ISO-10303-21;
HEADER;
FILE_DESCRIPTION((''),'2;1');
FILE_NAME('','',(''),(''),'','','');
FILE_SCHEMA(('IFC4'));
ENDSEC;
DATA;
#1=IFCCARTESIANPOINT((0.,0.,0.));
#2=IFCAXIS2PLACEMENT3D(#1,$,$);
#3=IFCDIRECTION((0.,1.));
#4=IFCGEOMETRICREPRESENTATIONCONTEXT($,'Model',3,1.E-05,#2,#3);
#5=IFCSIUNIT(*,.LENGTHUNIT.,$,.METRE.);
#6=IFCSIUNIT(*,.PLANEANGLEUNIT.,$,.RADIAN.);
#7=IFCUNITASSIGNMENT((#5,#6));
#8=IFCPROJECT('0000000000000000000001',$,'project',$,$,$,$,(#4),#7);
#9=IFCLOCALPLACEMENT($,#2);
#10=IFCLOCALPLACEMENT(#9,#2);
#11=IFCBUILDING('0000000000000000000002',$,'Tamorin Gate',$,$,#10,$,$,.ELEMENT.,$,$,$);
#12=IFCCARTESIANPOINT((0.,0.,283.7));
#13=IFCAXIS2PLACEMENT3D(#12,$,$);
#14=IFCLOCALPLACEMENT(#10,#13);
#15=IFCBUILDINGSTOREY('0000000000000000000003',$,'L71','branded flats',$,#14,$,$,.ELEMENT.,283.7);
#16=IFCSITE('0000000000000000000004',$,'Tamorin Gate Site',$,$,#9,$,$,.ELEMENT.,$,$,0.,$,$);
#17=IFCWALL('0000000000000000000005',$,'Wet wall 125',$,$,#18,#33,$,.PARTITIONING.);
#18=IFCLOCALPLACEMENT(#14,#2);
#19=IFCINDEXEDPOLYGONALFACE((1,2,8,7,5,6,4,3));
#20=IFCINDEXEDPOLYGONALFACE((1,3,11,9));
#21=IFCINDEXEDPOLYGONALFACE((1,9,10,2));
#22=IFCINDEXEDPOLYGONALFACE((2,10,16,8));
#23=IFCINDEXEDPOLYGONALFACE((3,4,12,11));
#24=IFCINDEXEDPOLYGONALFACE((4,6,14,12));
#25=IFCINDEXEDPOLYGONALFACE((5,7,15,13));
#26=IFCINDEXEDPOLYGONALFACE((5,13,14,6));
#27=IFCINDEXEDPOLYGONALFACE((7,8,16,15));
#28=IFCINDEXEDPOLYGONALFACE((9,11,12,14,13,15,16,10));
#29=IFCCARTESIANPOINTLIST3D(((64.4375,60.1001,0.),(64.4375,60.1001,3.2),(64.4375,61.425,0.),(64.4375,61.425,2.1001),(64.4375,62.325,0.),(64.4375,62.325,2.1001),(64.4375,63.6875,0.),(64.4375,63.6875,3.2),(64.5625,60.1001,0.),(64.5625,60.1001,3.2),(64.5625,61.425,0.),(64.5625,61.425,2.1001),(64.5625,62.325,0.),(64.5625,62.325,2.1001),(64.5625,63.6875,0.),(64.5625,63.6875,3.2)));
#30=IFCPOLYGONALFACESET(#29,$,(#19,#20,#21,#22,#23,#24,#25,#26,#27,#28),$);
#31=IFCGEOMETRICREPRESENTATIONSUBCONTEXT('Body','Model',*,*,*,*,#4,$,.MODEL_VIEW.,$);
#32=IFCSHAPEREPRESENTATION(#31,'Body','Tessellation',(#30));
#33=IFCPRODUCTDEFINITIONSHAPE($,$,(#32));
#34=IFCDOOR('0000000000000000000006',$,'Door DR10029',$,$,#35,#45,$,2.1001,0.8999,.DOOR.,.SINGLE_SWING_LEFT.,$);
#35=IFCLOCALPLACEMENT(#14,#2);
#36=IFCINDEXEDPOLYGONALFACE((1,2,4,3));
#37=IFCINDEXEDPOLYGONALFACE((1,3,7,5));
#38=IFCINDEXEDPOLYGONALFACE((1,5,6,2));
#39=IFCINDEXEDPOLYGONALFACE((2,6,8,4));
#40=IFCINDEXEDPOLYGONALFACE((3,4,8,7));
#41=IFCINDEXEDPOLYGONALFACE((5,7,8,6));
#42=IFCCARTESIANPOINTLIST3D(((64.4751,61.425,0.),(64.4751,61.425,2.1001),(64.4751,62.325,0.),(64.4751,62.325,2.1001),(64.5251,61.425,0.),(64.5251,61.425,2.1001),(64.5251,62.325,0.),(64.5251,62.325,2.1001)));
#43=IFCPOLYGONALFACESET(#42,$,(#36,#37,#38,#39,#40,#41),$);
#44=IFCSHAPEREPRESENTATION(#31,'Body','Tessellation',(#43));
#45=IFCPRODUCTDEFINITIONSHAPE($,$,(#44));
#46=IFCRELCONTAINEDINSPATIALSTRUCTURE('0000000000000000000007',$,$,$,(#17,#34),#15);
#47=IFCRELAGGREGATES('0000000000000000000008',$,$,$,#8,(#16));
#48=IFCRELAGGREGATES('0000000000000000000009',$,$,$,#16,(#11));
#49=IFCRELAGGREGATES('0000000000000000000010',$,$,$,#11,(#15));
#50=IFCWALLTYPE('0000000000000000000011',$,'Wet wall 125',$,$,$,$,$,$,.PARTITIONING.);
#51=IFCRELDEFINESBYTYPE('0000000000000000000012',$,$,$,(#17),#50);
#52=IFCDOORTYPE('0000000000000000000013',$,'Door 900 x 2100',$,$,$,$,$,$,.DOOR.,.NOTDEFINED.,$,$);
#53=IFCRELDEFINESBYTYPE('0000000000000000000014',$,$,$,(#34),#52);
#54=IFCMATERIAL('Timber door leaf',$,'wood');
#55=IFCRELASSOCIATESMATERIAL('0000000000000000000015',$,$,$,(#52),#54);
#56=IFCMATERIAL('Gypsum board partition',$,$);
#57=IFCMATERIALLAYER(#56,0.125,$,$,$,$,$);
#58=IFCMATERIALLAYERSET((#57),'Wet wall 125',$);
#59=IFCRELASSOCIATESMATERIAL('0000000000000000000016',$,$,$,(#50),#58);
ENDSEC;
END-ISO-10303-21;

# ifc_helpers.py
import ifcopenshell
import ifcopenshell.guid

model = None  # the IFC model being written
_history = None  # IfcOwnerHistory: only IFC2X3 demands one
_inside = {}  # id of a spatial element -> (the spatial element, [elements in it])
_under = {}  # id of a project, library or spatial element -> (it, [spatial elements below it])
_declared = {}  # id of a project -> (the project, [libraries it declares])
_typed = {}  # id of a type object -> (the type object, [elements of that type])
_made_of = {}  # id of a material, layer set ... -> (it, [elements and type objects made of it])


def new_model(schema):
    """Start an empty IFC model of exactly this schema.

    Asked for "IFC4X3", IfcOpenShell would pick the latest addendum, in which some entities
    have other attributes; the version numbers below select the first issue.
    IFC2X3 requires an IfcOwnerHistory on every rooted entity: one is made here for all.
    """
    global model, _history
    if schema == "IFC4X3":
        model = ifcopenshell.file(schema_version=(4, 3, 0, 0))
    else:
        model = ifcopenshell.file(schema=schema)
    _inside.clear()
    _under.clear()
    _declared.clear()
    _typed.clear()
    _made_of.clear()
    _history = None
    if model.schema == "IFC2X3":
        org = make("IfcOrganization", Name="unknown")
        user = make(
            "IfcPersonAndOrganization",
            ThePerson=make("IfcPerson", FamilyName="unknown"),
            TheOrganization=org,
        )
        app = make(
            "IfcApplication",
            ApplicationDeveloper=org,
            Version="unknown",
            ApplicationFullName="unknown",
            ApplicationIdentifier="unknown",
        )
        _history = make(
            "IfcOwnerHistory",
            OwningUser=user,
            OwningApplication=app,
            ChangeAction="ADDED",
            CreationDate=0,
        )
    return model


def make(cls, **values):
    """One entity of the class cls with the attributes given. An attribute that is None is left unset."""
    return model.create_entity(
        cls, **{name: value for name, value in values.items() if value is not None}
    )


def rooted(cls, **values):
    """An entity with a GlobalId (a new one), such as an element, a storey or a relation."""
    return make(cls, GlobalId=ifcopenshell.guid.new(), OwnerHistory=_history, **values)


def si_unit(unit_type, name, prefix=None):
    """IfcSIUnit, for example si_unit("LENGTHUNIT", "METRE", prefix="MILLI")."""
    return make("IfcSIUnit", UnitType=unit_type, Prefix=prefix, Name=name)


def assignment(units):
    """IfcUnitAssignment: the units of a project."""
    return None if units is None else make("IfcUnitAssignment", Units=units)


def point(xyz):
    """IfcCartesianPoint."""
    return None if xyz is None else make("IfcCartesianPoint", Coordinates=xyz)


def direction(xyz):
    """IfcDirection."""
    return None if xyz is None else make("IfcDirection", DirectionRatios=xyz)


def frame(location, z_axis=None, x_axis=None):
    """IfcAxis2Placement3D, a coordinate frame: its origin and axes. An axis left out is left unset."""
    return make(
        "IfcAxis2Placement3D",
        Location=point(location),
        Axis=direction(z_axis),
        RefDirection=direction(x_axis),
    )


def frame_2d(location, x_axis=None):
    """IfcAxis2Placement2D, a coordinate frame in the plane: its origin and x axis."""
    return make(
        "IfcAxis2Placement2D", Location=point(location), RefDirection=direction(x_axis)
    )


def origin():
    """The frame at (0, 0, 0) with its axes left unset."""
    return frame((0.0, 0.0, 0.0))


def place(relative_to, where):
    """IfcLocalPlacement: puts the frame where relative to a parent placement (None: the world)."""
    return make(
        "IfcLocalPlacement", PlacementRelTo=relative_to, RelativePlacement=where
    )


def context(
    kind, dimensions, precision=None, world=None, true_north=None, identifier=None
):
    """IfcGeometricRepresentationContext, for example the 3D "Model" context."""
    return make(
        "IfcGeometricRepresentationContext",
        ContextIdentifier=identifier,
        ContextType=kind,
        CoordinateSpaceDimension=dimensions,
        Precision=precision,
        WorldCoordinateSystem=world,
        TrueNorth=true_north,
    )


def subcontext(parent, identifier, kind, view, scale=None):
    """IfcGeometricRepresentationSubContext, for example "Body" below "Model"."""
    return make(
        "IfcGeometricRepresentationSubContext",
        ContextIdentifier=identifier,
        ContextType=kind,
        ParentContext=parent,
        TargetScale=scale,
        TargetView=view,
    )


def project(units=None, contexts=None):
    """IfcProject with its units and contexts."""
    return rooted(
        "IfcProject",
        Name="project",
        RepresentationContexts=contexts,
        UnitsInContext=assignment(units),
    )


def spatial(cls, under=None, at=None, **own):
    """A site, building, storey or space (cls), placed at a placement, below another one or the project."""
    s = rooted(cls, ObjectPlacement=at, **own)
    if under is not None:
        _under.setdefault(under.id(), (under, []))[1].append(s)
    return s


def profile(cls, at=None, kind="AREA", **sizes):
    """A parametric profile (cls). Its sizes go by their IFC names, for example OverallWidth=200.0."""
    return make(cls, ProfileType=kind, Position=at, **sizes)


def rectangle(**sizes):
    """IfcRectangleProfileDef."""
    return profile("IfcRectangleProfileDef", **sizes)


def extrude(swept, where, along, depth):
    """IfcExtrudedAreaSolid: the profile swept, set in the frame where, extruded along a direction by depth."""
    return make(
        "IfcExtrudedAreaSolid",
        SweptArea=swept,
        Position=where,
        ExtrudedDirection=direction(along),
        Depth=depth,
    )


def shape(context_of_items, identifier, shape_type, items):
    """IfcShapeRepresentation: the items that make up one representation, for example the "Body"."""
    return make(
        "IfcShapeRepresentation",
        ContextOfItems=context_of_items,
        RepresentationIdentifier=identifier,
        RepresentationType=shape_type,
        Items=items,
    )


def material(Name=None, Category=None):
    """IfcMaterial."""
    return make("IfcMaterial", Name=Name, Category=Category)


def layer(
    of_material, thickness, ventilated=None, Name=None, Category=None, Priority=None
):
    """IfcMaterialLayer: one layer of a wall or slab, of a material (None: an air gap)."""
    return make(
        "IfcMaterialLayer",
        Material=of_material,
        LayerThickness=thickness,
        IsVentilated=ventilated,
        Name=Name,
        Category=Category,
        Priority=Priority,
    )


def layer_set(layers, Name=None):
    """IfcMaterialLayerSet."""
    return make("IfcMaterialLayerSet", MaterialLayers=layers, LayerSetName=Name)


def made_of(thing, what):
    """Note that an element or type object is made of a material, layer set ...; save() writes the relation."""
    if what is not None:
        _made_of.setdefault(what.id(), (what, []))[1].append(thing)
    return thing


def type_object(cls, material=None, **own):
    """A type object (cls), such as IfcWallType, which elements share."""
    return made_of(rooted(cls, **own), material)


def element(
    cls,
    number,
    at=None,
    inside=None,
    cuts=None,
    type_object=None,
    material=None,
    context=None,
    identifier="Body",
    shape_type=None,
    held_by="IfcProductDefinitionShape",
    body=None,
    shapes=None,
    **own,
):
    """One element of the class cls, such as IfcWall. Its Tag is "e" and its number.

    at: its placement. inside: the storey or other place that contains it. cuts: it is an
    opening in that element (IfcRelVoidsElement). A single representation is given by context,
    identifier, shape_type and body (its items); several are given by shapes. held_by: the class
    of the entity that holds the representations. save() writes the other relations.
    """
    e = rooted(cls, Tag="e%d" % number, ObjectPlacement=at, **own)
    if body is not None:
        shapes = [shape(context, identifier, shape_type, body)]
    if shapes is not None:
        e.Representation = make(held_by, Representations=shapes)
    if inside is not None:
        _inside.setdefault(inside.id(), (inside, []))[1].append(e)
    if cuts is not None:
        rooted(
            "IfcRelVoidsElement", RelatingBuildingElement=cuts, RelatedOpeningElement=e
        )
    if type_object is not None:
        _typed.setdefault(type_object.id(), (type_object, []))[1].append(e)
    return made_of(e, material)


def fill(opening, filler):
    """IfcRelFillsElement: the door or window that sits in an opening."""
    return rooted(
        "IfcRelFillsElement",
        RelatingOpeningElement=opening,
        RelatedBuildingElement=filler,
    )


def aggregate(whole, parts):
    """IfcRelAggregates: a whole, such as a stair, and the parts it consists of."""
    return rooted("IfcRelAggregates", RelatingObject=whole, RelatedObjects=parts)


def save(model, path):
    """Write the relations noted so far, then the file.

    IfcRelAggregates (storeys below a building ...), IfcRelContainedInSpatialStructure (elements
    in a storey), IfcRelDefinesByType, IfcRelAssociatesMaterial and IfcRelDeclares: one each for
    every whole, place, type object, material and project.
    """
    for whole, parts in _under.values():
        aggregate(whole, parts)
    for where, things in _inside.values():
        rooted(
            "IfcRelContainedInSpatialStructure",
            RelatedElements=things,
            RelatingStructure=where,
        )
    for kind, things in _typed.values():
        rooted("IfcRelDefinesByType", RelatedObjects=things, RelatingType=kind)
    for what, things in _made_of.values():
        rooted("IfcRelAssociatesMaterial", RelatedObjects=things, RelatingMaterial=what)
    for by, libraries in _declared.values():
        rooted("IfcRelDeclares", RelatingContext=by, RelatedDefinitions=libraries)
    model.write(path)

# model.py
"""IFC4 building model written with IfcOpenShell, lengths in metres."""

from ifc_helpers import new_model, si_unit, direction, frame, frame_2d, origin, place, context, subcontext, project, spatial, rectangle, extrude, material, layer, layer_set, type_object, element, fill, save


model = new_model("IFC4")

# Units and contexts
model_context = context("Model", 3, precision=1e-05, world=origin(), true_north=direction((0.0, 1.0)))
body_context = subcontext(model_context, "Body", "Model", "MODEL_VIEW")
ifc_project = project(units=[si_unit("LENGTHUNIT", "METRE"), si_unit("PLANEANGLEUNIT", "RADIAN")], contexts=[model_context])

# Site, building, storey
site_placement = place(None, origin())
site = spatial("IfcSite", under=ifc_project, at=site_placement, Name="Tamorin Gate Site", CompositionType="ELEMENT", RefElevation=0.0)
building_placement = place(site_placement, origin())
building = spatial("IfcBuilding", under=site, at=building_placement, Name="Tamorin Gate", CompositionType="ELEMENT")
storey_placement = place(building_placement, frame((0.0, 0.0, 283.7)))
storey = spatial("IfcBuildingStorey", under=building, at=storey_placement, Name="L71", Description="branded flats", CompositionType="ELEMENT", Elevation=283.7)

# Shared definitions
ifc_material_1 = material(Name="Gypsum board partition")
ifc_material_2 = material(Name="Timber door leaf", Category="wood")

# Shared definitions
door_type_1 = type_object("IfcDoorType", Name="Door 900 x 2100", OperationType="NOTDEFINED", PredefinedType="DOOR", material=ifc_material_2)

# Wall, opening, door
ifc_layer_1 = layer(ifc_material_1, 0.125)
ifc_layer_set_1 = layer_set([ifc_layer_1], Name="Wet wall 125")
wall_type_1 = type_object("IfcWallType", Name="Wet wall 125", PredefinedType="PARTITIONING", material=ifc_layer_set_1)
wall_1_placement = place(storey_placement, frame((64.5, 60.1001, 0.0), z_axis=(0.0, 0.0, 1.0), x_axis=(0.0, 1.0, 0.0)))
wall_1 = element("IfcWall", 1, at=wall_1_placement, inside=storey, type_object=wall_type_1, Name="Wet wall 125", PredefinedType="PARTITIONING", context=body_context, shape_type="SweptSolid", body=[
    extrude(rectangle(XDim=3.5874, YDim=0.125, at=frame_2d((1.7937, 0.0))), origin(), (0.0, 0.0, 1.0), 3.2),
])
opening_1_placement = place(wall_1_placement, frame((1.325, 0.0, 0.0)))
opening_1 = element("IfcOpeningElement", 2, at=opening_1_placement, cuts=wall_1, PredefinedType="OPENING", context=body_context, shape_type="SweptSolid", body=[
    extrude(rectangle(XDim=0.8999, YDim=2.1001, at=frame_2d((0.45, 1.05))), frame((0.0, 0.0725, 0.0), z_axis=(0.0, -1.0, 0.0), x_axis=(1.0, 0.0, 0.0)), (0.0, 0.0, 1.0), 0.145),
])
door_1_placement = place(opening_1_placement, origin())
door_1 = element("IfcDoor", 3, at=door_1_placement, inside=storey, type_object=door_type_1, Name="Door DR10029", OperationType="SINGLE_SWING_LEFT", OverallHeight=2.1001, OverallWidth=0.8999, PredefinedType="DOOR", context=body_context, shape_type="SweptSolid", body=[
    extrude(rectangle(XDim=0.8999, YDim=2.1001, at=frame_2d((0.45, 1.05))), frame((0.0, 0.0249, 0.0), z_axis=(0.0, -1.0, 0.0), x_axis=(1.0, 0.0, 0.0)), (0.0, 0.0, 1.0), 0.05),
])
fill(opening_1, door_1)

save(model, "model.ifc")
